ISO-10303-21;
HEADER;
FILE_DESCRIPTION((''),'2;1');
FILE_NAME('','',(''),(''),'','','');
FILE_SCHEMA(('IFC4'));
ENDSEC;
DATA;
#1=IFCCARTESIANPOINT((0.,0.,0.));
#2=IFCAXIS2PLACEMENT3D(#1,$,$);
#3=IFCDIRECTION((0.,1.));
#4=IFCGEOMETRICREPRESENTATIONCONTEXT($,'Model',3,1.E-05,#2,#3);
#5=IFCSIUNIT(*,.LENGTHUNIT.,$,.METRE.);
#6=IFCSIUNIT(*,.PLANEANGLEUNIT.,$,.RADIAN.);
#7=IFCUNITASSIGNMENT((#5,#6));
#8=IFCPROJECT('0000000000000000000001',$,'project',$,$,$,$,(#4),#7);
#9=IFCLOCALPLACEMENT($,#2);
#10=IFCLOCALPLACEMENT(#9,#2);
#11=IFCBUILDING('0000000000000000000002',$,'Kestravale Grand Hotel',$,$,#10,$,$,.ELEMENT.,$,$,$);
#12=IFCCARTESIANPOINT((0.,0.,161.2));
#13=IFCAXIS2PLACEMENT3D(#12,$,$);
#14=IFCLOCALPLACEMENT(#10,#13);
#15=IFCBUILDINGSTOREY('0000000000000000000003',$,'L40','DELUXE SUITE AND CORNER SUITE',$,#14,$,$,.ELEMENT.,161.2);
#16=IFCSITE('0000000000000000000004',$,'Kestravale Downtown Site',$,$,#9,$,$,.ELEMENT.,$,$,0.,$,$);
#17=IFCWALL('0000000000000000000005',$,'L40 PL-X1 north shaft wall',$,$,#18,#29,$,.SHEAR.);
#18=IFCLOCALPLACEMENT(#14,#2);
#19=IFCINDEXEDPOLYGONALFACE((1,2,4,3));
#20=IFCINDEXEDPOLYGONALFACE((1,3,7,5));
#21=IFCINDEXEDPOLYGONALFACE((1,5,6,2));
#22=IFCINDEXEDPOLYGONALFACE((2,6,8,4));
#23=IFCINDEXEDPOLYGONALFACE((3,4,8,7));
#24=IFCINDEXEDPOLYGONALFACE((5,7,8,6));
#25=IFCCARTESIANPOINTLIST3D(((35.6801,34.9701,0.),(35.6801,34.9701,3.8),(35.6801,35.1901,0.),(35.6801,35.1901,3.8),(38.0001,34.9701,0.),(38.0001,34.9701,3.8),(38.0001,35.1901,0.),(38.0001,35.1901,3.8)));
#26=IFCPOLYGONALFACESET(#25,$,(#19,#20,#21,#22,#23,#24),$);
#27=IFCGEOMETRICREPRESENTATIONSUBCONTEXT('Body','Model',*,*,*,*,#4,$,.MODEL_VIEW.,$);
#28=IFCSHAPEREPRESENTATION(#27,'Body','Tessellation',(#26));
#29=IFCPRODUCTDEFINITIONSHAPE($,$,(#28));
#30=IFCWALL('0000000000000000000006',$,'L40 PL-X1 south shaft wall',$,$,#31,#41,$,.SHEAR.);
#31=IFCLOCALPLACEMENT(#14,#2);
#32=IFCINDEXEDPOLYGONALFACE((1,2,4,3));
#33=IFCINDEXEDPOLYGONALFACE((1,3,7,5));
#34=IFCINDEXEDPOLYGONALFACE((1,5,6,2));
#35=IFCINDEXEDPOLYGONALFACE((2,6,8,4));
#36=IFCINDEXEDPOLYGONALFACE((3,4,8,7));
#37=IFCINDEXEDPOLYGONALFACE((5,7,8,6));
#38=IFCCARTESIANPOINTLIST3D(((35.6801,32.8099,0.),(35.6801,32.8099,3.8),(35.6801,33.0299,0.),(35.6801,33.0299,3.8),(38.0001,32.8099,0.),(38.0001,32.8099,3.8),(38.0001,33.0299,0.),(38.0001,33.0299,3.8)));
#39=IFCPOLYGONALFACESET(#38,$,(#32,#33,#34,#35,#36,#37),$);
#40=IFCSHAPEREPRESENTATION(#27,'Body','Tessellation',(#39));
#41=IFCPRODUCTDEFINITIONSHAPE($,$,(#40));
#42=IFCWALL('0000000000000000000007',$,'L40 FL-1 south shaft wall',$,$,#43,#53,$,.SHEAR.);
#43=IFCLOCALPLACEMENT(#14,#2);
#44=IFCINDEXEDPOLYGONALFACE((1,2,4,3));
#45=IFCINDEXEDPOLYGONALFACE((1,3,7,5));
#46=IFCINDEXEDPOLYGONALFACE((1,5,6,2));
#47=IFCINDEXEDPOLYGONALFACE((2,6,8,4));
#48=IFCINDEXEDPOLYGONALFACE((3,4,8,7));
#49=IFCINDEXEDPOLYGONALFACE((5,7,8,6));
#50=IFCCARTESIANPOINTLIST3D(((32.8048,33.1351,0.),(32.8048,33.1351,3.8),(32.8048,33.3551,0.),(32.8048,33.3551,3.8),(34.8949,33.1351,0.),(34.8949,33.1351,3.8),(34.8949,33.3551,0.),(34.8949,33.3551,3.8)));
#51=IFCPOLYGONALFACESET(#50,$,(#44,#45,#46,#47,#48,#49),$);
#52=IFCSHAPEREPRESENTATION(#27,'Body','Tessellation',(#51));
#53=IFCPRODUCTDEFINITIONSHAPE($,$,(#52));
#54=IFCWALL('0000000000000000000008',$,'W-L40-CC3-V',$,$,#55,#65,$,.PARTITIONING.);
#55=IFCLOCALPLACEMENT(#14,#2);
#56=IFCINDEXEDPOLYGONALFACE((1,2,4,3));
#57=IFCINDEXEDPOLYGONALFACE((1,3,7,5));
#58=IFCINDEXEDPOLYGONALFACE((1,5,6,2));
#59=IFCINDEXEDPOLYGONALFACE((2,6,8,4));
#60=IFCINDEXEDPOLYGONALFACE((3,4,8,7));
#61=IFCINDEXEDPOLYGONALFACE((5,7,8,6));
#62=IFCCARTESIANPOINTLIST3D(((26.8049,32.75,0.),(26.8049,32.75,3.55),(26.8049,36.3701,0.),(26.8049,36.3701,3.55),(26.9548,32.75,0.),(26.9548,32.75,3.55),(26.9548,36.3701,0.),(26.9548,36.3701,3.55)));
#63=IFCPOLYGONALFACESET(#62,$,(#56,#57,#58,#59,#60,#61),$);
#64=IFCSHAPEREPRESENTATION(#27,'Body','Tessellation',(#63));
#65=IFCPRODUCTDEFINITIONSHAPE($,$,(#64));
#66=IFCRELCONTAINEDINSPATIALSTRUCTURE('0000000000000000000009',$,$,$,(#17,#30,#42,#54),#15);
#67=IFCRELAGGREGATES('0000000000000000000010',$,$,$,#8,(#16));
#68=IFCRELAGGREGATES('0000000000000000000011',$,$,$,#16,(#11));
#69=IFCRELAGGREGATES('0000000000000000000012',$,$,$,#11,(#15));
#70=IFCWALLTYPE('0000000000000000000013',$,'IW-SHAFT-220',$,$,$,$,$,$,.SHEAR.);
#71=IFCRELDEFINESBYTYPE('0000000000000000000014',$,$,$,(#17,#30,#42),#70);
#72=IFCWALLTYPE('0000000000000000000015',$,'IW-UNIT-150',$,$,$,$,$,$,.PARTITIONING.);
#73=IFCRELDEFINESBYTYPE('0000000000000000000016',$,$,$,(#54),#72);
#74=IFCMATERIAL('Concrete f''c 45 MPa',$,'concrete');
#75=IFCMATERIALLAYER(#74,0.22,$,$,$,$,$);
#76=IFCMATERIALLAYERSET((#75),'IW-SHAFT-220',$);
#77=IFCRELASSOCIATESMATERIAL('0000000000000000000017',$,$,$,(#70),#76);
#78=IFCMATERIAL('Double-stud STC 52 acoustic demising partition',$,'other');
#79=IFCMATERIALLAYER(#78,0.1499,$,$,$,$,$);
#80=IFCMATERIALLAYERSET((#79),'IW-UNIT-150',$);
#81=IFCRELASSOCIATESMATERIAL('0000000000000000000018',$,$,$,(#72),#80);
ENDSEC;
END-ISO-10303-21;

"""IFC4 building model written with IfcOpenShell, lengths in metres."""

from ifc_helpers import new_model, si_unit, direction, frame, frame_2d, origin, place, context, subcontext, project, spatial, rectangle, extrude, material, layer, layer_set, type_object, element, save


model = new_model("IFC4")

# Units and contexts
model_context = context("Model", 3, precision=1e-05, world=origin(), true_north=direction((0.0, 1.0)))
body_context = subcontext(model_context, "Body", "Model", "MODEL_VIEW")
ifc_project = project(units=[si_unit("LENGTHUNIT", "METRE"), si_unit("PLANEANGLEUNIT", "RADIAN")], contexts=[model_context])

# Site, building, storey
site_placement = place(None, origin())
site = spatial("IfcSite", under=ifc_project, at=site_placement, Name="Kestravale Downtown Site", CompositionType="ELEMENT", RefElevation=0.0)
building_placement = place(site_placement, origin())
building = spatial("IfcBuilding", under=site, at=building_placement, Name="Kestravale Grand Hotel", CompositionType="ELEMENT")
storey_placement = place(building_placement, frame((0.0, 0.0, 161.2)))
storey = spatial("IfcBuildingStorey", under=building, at=storey_placement, Name="L40", Description="DELUXE SUITE AND CORNER SUITE", CompositionType="ELEMENT", Elevation=161.2)

# Walls
ifc_material_1 = material(Name="Concrete f'c 45 MPa", Category="concrete")
ifc_layer_1 = layer(ifc_material_1, 0.22)
ifc_layer_set_1 = layer_set([ifc_layer_1], Name="IW-SHAFT-220")
wall_type_1 = type_object("IfcWallType", Name="IW-SHAFT-220", PredefinedType="SHEAR", material=ifc_layer_set_1)
for number, where, z_axis, x_axis, name in (
    (1, (35.6799, 35.0801, 0.0), (0.0, 0.0, 1.0), (1.0, 0.0, 0.0), "L40 PL-X1 north shaft wall"),
    (2, (35.6799, 32.9199, 0.0), (0.0, 0.0, 1.0), (1.0, 0.0, 0.0), "L40 PL-X1 south shaft wall"),
):
    element("IfcWall", number, at=place(storey_placement, frame(where, z_axis=z_axis, x_axis=x_axis)), inside=storey, type_object=wall_type_1, Name=name, PredefinedType="SHEAR", context=body_context, shape_type="SweptSolid", body=[
        extrude(rectangle(XDim=2.3201, YDim=0.22, at=frame_2d((1.1602, 0.0))), origin(), (0.0, 0.0, 1.0), 3.8),
    ])
wall_1_placement = place(storey_placement, frame((32.8049, 33.2451, 0.0), z_axis=(0.0, 0.0, 1.0), x_axis=(1.0, 0.0, 0.0)))
element("IfcWall", 3, at=wall_1_placement, inside=storey, type_object=wall_type_1, Name="L40 FL-1 south shaft wall", PredefinedType="SHEAR", context=body_context, shape_type="SweptSolid", body=[
    extrude(rectangle(XDim=2.0901, YDim=0.22, at=frame_2d((1.0449, 0.0))), origin(), (0.0, 0.0, 1.0), 3.8),
])
ifc_material_2 = material(Name="Double-stud STC 52 acoustic demising partition", Category="other")
ifc_layer_2 = layer(ifc_material_2, 0.1499)
ifc_layer_set_2 = layer_set([ifc_layer_2], Name="IW-UNIT-150")
wall_type_2 = type_object("IfcWallType", Name="IW-UNIT-150", PredefinedType="PARTITIONING", material=ifc_layer_set_2)
wall_2_placement = place(storey_placement, frame((26.8799, 32.75, 0.0), z_axis=(0.0, 0.0, 1.0), x_axis=(0.0, 1.0, 0.0)))
element("IfcWall", 4, at=wall_2_placement, inside=storey, type_object=wall_type_2, Name="W-L40-CC3-V", PredefinedType="PARTITIONING", context=body_context, shape_type="SweptSolid", body=[
    extrude(rectangle(XDim=3.6201, YDim=0.1499, at=frame_2d((1.8101, 0.0))), origin(), (0.0, 0.0, 1.0), 3.55),
])

save(model, "model.ifc")
